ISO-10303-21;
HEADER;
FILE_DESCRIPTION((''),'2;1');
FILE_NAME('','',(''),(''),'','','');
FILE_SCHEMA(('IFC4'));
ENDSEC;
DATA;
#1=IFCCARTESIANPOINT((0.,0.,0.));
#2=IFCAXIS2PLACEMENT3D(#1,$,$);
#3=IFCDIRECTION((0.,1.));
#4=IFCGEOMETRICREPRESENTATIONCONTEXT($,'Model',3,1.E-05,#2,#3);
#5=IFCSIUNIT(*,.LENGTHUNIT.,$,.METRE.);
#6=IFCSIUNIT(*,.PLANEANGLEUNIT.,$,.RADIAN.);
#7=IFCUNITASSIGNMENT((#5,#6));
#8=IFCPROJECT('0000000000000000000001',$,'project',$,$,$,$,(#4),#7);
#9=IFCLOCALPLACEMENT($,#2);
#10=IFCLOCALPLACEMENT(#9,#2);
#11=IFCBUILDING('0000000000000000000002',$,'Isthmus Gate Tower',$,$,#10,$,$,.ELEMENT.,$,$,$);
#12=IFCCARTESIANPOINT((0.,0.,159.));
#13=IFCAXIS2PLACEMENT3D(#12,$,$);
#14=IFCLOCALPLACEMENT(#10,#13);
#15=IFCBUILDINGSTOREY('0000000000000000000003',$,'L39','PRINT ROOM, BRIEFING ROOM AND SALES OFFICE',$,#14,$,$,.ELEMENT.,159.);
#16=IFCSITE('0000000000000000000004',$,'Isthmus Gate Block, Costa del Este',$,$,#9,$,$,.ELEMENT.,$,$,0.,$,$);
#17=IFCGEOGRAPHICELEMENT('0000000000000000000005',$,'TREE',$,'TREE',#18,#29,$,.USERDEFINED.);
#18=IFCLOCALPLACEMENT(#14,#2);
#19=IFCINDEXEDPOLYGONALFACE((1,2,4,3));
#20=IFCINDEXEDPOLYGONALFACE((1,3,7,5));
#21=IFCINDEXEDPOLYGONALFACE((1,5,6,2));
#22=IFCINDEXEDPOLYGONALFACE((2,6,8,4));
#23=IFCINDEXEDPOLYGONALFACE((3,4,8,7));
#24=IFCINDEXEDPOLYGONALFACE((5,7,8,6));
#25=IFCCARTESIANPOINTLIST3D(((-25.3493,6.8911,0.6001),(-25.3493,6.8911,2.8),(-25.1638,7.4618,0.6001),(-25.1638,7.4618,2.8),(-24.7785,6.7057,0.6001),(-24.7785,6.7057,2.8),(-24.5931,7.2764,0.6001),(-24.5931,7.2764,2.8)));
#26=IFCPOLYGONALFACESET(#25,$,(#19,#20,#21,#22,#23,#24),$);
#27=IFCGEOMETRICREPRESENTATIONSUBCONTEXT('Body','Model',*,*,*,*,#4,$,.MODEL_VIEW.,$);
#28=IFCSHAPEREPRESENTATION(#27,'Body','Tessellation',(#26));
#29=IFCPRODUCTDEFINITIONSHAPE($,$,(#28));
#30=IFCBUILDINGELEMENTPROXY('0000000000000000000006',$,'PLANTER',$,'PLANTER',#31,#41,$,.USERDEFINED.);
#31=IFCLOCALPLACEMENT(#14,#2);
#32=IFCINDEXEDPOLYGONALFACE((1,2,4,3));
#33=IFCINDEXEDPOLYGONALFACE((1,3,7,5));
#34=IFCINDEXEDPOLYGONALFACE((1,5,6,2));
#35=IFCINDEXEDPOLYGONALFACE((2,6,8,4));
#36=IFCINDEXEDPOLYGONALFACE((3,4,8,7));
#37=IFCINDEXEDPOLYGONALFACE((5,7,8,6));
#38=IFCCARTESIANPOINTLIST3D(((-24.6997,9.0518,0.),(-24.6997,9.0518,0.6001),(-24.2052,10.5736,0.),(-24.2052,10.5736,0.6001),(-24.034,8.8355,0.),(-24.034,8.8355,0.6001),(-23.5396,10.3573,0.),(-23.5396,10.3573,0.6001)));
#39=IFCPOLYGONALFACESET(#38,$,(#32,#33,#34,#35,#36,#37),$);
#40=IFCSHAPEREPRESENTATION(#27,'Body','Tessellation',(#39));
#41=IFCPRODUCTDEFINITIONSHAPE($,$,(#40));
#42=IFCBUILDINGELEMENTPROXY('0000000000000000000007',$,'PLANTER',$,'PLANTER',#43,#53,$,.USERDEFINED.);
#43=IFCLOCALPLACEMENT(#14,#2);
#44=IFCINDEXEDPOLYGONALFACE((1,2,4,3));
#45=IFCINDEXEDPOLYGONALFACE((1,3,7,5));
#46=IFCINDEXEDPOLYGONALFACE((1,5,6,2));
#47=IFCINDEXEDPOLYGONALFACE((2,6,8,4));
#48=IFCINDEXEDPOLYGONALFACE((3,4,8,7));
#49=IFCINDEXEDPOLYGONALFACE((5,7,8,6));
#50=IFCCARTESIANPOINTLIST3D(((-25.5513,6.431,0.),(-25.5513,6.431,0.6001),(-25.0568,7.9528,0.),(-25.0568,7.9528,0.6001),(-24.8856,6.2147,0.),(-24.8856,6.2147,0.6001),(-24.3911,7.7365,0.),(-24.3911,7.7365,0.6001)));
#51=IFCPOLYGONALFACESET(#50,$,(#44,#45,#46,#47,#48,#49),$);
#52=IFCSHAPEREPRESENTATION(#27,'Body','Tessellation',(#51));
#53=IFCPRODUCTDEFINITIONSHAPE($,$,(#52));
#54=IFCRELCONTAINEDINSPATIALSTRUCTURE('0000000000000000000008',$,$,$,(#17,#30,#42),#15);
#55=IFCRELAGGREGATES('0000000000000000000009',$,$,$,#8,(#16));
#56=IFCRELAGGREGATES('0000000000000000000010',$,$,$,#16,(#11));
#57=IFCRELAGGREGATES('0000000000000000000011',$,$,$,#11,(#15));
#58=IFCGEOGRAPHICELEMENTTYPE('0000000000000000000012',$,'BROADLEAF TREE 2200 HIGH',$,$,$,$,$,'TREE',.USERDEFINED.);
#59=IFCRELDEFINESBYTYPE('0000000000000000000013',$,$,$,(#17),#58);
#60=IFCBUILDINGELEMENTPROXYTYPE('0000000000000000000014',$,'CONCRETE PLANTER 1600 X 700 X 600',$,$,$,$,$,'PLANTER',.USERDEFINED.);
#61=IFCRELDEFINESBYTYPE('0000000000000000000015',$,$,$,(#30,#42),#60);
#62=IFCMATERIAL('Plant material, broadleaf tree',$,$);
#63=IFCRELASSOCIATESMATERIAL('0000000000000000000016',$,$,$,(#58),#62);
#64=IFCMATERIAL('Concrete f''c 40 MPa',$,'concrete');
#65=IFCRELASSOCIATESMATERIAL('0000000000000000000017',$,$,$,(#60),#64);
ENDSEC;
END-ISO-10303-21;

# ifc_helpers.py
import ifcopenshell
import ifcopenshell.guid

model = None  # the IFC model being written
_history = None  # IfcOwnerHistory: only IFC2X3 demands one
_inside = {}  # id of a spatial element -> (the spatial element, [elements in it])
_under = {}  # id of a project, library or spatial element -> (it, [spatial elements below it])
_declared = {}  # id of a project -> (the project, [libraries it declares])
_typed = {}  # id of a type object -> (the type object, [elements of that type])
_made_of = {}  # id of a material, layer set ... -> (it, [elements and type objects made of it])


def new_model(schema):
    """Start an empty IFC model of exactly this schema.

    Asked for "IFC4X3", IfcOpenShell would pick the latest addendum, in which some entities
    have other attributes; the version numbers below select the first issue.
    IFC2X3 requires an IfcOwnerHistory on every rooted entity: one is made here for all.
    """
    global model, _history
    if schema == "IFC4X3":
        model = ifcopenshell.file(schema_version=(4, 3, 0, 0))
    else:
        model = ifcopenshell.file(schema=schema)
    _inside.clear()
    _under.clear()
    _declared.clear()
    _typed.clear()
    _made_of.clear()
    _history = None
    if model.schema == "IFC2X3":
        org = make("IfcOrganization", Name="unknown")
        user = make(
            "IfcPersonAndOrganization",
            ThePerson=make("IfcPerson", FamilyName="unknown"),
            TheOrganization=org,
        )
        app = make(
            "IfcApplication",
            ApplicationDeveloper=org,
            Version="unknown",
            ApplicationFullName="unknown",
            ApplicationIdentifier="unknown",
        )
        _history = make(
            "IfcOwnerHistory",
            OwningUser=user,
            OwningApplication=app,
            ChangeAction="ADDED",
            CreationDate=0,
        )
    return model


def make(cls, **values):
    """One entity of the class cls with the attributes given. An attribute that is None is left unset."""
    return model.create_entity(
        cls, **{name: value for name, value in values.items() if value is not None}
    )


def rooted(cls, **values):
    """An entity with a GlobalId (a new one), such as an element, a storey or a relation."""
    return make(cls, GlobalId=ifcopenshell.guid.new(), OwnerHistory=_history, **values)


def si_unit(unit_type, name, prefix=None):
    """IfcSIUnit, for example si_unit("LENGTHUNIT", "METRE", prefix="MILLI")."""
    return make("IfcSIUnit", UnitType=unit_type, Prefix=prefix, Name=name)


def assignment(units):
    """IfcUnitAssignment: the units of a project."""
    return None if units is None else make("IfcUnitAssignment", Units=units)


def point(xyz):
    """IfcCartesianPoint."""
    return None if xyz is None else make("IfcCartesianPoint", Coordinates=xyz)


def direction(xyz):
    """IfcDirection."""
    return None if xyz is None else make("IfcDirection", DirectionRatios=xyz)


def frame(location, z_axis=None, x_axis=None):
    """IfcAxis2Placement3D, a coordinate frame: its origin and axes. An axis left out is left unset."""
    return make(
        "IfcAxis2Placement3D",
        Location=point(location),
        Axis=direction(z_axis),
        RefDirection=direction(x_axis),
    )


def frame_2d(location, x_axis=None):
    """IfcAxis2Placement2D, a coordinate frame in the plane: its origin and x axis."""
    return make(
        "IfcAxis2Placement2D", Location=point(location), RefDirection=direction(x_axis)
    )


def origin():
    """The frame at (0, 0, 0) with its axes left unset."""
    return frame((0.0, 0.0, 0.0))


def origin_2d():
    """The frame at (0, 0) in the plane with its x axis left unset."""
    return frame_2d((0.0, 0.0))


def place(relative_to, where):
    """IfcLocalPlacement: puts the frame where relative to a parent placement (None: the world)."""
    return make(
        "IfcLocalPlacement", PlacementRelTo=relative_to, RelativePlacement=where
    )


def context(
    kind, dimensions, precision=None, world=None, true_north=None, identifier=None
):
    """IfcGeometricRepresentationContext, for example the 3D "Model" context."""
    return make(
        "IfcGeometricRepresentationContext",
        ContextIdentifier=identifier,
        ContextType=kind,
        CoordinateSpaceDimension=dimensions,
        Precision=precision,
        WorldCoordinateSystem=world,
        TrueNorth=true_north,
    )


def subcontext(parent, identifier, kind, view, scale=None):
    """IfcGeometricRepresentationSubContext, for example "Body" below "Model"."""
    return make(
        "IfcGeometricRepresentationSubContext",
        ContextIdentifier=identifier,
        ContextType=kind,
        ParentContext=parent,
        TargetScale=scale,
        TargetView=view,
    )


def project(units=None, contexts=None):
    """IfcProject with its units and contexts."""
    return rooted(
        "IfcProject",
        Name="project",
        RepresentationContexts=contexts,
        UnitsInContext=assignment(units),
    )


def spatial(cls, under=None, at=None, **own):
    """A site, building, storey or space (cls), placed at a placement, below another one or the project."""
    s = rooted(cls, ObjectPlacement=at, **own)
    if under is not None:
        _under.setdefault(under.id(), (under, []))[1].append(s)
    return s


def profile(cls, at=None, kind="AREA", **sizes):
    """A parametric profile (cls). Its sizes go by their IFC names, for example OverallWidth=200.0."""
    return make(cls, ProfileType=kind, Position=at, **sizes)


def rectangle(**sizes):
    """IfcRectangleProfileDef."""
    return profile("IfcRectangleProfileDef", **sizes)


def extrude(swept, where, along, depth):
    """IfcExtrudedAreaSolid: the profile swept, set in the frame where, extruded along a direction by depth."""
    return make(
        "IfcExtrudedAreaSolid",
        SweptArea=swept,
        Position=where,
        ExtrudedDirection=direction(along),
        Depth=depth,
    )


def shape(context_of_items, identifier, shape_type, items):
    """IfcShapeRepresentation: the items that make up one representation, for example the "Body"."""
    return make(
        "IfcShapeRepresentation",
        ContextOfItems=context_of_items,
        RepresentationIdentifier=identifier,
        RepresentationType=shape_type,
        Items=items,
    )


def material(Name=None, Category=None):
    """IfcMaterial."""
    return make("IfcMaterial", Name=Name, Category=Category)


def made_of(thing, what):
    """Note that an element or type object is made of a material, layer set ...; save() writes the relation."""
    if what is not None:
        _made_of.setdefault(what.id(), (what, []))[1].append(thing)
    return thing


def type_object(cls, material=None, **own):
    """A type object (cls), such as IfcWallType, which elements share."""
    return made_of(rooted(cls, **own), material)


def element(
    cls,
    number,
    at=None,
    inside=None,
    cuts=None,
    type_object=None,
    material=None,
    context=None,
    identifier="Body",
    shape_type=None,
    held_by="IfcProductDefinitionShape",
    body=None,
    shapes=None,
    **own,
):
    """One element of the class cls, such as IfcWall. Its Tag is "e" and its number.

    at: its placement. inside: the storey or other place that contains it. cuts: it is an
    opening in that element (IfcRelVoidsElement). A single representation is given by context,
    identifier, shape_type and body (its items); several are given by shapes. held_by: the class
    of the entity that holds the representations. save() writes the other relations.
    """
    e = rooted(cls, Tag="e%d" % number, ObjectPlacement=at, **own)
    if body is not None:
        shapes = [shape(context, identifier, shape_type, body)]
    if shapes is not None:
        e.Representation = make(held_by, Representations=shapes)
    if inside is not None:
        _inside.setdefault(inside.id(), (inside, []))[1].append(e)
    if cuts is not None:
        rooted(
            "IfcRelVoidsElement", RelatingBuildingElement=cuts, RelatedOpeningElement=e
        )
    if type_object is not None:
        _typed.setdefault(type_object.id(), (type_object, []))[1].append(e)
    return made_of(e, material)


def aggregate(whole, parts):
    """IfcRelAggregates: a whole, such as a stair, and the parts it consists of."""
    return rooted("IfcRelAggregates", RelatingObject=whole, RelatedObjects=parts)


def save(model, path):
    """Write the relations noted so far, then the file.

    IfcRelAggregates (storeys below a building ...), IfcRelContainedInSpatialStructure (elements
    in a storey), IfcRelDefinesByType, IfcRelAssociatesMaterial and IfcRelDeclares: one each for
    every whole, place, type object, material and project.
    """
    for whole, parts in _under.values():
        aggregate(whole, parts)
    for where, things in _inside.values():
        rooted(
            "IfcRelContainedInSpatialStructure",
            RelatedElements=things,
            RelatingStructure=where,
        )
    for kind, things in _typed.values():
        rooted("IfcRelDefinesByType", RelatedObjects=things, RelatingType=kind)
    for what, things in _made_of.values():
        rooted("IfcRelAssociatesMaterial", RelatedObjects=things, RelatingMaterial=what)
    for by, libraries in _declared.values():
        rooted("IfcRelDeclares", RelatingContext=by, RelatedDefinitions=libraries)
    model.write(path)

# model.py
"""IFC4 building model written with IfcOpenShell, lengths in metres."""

from ifc_helpers import new_model, si_unit, direction, frame, origin, origin_2d, place, context, subcontext, project, spatial, rectangle, extrude, material, type_object, element, save


model = new_model("IFC4")

# Units and contexts
model_context = context("Model", 3, precision=1e-05, world=origin(), true_north=direction((0.0, 1.0)))
body_context = subcontext(model_context, "Body", "Model", "MODEL_VIEW")
ifc_project = project(units=[si_unit("LENGTHUNIT", "METRE"), si_unit("PLANEANGLEUNIT", "RADIAN")], contexts=[model_context])

# Site, building, storey
site_placement = place(None, origin())
site = spatial("IfcSite", under=ifc_project, at=site_placement, Name="Isthmus Gate Block, Costa del Este", CompositionType="ELEMENT", RefElevation=0.0)
building_placement = place(site_placement, origin())
building = spatial("IfcBuilding", under=site, at=building_placement, Name="Isthmus Gate Tower", CompositionType="ELEMENT")
storey_placement = place(building_placement, frame((0.0, 0.0, 159.0)))
storey = spatial("IfcBuildingStorey", under=building, at=storey_placement, Name="L39", Description="PRINT ROOM, BRIEFING ROOM AND SALES OFFICE", CompositionType="ELEMENT", Elevation=159.0)

# Geographic element
ifc_material_1 = material(Name="Plant material, broadleaf tree")
geographic_element_type = type_object("IfcGeographicElementType", Name="BROADLEAF TREE 2200 HIGH", ElementType="TREE", PredefinedType="USERDEFINED", material=ifc_material_1)
for number, where, z_axis, x_axis, name in (
    (1, (-24.9712, 7.0837, 0.6001), (0.0, 0.0, 1.0), (-0.309017, -0.951057, 0.0), "TREE"),
):
    element("IfcGeographicElement", number, at=place(storey_placement, frame(where, z_axis=z_axis, x_axis=x_axis)), inside=storey, type_object=geographic_element_type, Name=name, ObjectType="TREE", PredefinedType="USERDEFINED", context=body_context, shape_type="SweptSolid", body=[
        extrude(rectangle(XDim=0.6001, YDim=0.6001, at=origin_2d()), origin(), (0.0, 0.0, 1.0), 2.2),
    ])

# Building element proxies
ifc_material_2 = material(Name="Concrete f'c 40 MPa", Category="concrete")
building_element_proxy_type = type_object("IfcBuildingElementProxyType", Name="CONCRETE PLANTER 1600 X 700 X 600", ElementType="PLANTER", PredefinedType="USERDEFINED", material=ifc_material_2)
for number, where, z_axis, x_axis, name in (
    (2, (-24.1196, 9.7046, 0.0), (0.0, 0.0, 1.0), (-0.309017, -0.951057, 0.0), "PLANTER"),
    (3, (-24.9712, 7.0837, 0.0), (0.0, 0.0, 1.0), (-0.309017, -0.951057, 0.0), "PLANTER"),
):
    element("IfcBuildingElementProxy", number, at=place(storey_placement, frame(where, z_axis=z_axis, x_axis=x_axis)), inside=storey, type_object=building_element_proxy_type, Name=name, ObjectType="PLANTER", PredefinedType="USERDEFINED", context=body_context, shape_type="SweptSolid", body=[
        extrude(rectangle(XDim=1.6001, YDim=0.7, at=origin_2d()), origin(), (0.0, 0.0, 1.0), 0.6001),
    ])

save(model, "model.ifc")
